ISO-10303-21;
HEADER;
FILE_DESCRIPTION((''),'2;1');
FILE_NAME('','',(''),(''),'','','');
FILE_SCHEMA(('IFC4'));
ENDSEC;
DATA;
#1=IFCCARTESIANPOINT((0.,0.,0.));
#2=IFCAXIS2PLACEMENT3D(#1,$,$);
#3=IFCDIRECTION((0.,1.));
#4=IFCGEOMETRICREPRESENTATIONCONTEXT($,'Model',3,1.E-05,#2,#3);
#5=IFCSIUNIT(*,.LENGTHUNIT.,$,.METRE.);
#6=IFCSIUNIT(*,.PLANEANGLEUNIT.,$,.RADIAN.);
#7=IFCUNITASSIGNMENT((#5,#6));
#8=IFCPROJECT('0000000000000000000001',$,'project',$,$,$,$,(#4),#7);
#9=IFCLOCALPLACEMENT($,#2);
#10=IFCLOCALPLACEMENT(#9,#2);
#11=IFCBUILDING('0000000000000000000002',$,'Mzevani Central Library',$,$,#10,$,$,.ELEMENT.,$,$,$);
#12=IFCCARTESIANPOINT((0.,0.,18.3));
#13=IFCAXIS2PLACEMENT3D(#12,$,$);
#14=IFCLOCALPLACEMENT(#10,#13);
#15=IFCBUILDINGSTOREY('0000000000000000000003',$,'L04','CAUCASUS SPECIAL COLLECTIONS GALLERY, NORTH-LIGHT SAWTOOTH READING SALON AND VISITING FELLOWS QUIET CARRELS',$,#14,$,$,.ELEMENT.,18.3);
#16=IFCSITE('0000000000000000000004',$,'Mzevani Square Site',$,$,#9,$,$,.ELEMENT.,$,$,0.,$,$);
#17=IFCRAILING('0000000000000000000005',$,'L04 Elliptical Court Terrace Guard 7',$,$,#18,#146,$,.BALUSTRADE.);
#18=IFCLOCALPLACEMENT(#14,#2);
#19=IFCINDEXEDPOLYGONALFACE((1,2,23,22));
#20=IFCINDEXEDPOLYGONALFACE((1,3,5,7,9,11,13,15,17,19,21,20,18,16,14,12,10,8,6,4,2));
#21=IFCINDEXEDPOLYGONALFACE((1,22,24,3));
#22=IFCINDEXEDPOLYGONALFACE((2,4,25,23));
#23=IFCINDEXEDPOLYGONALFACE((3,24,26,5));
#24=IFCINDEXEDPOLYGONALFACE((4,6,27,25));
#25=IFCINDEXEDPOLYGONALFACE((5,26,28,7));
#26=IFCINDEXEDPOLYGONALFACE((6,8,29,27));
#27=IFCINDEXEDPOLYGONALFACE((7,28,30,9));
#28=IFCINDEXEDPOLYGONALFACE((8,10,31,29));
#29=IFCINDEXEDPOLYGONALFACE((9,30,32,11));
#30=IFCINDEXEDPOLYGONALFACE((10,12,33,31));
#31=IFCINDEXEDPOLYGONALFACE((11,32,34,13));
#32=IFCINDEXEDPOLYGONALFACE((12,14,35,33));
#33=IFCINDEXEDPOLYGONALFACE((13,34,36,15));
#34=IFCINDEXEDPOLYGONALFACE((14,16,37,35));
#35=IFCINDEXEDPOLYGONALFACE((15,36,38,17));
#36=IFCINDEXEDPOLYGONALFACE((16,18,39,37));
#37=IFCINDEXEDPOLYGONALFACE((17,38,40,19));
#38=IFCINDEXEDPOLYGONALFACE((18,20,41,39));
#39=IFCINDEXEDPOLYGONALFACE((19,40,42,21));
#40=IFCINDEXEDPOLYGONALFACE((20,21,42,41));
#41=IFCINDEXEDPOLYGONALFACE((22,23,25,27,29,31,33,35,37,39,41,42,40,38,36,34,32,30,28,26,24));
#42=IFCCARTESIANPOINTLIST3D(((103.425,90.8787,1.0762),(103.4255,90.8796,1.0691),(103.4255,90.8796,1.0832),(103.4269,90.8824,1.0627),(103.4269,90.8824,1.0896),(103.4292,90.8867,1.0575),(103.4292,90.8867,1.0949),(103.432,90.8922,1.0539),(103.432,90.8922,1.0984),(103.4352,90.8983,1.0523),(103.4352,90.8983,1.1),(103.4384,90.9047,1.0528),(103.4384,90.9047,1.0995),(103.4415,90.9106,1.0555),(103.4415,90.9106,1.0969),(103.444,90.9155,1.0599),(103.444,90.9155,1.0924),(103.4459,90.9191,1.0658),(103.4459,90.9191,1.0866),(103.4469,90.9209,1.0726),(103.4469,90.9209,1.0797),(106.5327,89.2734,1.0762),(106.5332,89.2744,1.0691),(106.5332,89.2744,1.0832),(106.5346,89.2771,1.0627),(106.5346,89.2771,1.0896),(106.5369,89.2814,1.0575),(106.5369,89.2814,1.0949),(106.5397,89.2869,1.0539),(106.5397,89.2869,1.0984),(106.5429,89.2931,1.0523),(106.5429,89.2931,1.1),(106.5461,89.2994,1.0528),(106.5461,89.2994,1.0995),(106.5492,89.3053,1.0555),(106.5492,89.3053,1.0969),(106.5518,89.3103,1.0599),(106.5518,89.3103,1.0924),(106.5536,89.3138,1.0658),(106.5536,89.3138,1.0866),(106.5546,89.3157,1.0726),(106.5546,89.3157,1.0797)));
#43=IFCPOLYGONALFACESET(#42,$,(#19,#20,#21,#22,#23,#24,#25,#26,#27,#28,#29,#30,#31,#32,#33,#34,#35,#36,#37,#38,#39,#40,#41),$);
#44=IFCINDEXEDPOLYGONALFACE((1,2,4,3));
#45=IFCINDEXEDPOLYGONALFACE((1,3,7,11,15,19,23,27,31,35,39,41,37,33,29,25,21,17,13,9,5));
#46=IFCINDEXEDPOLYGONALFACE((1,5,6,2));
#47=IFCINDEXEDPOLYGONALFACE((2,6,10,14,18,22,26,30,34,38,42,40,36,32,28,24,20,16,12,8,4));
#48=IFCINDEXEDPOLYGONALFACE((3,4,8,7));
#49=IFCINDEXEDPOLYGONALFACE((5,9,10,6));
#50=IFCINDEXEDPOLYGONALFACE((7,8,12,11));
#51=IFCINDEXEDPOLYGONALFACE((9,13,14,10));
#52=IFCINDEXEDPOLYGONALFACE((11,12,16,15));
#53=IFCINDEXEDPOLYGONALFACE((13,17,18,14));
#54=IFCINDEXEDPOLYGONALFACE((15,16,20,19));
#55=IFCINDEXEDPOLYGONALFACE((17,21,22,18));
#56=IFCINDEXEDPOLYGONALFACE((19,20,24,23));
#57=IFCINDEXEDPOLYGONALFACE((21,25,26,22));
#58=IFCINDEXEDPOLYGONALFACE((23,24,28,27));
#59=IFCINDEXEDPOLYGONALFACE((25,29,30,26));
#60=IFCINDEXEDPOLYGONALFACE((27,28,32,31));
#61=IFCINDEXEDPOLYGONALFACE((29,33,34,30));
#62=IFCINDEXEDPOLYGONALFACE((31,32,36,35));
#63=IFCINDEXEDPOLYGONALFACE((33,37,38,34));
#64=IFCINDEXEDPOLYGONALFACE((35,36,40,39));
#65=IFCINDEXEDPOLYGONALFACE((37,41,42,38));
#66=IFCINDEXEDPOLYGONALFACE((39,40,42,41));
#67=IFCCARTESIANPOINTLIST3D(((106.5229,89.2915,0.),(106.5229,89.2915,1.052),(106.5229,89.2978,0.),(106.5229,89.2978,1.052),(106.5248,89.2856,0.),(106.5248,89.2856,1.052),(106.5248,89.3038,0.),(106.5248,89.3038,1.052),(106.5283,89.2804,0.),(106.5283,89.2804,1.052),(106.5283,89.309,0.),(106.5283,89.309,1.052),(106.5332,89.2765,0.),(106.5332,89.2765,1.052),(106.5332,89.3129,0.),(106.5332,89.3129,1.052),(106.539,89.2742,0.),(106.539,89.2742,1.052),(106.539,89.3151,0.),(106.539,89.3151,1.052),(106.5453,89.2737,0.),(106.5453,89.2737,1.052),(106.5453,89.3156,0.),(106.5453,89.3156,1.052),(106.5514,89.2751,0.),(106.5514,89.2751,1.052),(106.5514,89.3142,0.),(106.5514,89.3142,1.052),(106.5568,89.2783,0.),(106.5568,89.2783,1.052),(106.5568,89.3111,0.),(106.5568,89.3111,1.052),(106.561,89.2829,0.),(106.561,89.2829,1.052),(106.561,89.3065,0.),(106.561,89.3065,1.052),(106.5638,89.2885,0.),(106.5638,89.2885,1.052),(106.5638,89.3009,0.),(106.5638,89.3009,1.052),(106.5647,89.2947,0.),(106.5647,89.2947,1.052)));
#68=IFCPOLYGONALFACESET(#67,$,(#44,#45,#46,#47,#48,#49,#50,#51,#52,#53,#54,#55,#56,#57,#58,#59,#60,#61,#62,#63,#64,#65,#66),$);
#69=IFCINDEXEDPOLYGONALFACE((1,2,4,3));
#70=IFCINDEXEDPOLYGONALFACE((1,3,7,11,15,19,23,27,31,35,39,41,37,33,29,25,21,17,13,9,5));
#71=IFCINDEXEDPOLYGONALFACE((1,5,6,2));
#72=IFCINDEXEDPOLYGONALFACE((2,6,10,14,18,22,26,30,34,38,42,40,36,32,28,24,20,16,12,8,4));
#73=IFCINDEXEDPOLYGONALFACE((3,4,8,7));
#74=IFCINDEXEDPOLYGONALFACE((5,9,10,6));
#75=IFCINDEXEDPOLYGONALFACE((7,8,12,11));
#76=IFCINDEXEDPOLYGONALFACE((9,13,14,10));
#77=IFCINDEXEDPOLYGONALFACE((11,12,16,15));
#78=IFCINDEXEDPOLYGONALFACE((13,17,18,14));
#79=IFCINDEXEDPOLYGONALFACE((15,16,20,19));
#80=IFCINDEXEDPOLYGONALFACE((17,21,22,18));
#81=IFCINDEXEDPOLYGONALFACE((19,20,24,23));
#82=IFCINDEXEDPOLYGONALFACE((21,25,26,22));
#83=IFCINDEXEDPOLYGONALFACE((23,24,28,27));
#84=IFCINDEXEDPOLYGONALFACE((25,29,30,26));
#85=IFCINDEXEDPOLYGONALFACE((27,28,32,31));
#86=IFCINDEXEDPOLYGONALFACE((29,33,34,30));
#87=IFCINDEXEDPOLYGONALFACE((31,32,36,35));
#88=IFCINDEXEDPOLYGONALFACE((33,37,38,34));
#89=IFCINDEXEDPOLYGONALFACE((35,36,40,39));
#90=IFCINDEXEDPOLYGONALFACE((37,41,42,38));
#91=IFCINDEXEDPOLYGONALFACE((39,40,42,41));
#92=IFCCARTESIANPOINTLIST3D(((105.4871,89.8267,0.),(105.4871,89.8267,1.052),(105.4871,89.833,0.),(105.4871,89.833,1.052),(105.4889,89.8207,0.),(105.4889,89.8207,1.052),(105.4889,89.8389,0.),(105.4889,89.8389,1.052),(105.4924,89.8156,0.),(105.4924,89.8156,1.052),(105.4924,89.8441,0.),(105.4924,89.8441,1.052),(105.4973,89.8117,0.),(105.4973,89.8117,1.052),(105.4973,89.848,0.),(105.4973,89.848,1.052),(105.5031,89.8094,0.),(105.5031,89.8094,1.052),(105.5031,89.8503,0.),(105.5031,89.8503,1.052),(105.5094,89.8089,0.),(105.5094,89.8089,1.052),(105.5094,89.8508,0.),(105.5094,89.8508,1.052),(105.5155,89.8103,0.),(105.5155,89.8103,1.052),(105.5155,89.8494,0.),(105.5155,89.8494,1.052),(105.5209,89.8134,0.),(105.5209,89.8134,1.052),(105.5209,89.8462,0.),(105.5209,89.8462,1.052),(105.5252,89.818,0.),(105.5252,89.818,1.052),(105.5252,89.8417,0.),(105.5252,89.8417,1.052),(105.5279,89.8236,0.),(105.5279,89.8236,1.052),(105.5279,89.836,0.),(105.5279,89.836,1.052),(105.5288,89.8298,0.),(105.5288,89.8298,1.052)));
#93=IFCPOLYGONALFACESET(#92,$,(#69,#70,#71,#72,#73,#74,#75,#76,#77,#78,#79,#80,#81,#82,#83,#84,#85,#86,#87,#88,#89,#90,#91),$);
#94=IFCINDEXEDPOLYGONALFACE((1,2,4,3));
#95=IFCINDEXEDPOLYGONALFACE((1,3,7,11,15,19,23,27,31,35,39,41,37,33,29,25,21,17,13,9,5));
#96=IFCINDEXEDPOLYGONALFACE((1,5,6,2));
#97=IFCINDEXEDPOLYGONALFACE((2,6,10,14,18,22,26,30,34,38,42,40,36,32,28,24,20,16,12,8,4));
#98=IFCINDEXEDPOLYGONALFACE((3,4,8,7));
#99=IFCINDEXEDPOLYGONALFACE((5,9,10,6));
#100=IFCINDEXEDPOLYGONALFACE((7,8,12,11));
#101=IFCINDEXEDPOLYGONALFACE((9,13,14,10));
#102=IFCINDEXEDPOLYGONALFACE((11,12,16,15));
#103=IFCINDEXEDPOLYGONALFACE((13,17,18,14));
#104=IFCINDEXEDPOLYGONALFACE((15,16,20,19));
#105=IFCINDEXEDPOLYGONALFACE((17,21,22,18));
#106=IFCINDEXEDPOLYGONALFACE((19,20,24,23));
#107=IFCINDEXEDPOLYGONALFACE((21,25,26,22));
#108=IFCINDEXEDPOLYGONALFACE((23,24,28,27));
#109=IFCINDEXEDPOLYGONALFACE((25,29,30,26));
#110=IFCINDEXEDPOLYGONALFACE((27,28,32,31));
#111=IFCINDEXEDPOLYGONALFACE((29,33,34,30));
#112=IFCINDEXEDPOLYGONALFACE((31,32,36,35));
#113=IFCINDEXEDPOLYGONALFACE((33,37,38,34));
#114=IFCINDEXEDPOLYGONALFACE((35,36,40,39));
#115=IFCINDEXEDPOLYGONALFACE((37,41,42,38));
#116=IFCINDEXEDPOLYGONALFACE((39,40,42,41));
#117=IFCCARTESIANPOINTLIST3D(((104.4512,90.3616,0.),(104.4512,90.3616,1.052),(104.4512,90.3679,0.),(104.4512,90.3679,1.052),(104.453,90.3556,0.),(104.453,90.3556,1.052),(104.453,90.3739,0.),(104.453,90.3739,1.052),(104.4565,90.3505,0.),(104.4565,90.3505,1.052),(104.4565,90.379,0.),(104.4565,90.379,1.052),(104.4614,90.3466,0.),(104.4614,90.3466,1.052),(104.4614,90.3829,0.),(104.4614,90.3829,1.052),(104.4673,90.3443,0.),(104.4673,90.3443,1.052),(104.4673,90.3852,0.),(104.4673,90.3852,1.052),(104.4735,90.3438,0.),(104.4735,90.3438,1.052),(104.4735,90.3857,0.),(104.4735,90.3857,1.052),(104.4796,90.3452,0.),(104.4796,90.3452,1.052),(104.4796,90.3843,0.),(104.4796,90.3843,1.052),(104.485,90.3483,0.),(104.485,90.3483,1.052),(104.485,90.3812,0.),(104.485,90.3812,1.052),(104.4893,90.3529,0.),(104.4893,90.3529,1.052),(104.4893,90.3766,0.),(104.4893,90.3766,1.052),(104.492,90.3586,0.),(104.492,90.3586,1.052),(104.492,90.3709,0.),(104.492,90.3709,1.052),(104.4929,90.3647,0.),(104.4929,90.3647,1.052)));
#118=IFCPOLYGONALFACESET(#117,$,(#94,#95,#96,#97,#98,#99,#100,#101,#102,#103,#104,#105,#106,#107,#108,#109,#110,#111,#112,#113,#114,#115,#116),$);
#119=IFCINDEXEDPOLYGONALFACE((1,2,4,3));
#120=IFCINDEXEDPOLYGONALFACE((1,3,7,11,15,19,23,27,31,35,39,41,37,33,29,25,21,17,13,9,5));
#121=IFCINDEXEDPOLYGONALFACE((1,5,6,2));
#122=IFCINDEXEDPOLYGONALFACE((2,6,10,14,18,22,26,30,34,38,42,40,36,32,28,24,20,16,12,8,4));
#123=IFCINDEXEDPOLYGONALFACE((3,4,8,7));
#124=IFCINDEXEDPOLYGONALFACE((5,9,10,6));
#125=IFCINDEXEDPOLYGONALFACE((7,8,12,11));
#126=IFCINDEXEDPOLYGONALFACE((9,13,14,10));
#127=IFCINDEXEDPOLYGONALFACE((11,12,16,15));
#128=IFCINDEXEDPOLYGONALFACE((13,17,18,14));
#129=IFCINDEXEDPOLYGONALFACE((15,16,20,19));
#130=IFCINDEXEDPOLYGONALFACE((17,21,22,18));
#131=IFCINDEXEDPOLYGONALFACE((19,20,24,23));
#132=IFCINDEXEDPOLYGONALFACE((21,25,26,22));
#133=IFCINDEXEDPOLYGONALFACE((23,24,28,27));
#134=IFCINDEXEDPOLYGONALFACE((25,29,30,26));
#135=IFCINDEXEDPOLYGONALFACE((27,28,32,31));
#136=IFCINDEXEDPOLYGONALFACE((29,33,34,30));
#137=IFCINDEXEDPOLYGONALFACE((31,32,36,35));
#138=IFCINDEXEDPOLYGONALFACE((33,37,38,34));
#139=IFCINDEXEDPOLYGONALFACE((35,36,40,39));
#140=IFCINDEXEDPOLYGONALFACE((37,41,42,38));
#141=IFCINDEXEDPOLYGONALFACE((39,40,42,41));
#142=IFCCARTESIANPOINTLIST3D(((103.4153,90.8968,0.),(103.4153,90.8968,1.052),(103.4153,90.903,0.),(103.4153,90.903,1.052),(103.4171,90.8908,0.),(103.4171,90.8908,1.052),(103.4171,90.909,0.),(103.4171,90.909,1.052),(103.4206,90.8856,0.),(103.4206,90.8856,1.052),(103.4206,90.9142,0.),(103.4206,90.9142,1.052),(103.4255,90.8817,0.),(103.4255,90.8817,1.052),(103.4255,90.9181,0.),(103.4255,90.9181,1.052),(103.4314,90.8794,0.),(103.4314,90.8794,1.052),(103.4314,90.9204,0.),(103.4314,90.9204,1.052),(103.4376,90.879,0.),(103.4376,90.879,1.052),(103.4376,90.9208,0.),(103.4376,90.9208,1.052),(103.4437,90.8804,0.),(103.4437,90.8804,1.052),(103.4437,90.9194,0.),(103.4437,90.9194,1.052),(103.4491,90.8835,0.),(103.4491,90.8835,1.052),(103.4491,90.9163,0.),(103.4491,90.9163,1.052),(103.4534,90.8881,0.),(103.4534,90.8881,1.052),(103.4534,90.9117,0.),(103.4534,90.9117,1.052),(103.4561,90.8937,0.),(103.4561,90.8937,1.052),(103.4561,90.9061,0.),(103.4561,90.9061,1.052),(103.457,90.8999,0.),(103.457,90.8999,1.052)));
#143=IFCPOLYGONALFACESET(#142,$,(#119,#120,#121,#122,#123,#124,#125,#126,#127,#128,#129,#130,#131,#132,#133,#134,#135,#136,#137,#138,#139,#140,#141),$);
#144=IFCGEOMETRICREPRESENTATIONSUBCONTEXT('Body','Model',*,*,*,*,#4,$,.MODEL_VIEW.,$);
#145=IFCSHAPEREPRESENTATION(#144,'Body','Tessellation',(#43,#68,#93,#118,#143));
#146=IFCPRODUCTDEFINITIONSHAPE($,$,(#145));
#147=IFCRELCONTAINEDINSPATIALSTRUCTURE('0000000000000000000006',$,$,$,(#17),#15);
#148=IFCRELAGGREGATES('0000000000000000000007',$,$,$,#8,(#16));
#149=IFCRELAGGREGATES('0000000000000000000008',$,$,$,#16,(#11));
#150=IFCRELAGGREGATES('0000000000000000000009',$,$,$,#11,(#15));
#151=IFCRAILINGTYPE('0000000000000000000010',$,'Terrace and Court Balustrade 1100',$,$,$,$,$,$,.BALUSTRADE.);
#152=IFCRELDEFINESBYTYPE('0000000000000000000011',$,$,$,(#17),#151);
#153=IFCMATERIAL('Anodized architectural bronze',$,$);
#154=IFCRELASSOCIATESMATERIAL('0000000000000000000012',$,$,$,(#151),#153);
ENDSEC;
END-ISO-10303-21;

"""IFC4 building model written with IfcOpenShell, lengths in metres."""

from ifc_helpers import new_model, si_unit, direction, frame, origin, origin_2d, place, context, subcontext, project, spatial, circle, extrude, material, type_object, element, save


model = new_model("IFC4")

# Units and contexts
model_context = context("Model", 3, precision=1e-05, world=origin(), true_north=direction((0.0, 1.0)))
body_context = subcontext(model_context, "Body", "Model", "MODEL_VIEW")
ifc_project = project(units=[si_unit("LENGTHUNIT", "METRE"), si_unit("PLANEANGLEUNIT", "RADIAN")], contexts=[model_context])

# Site, building, storey
site_placement = place(None, origin())
site = spatial("IfcSite", under=ifc_project, at=site_placement, Name="Mzevani Square Site", CompositionType="ELEMENT", RefElevation=0.0)
building_placement = place(site_placement, origin())
building = spatial("IfcBuilding", under=site, at=building_placement, Name="Mzevani Central Library", CompositionType="ELEMENT")
storey_placement = place(building_placement, frame((0.0, 0.0, 18.3)))
storey = spatial("IfcBuildingStorey", under=building, at=storey_placement, Name="L04", Description="CAUCASUS SPECIAL COLLECTIONS GALLERY, NORTH-LIGHT SAWTOOTH READING SALON AND VISITING FELLOWS QUIET CARRELS", CompositionType="ELEMENT", Elevation=18.3)

# Railing
ifc_material_1 = material(Name="Anodized architectural bronze")
railing_type = type_object("IfcRailingType", Name="Terrace and Court Balustrade 1100", PredefinedType="BALUSTRADE", material=ifc_material_1)
railing_1_placement = place(storey_placement, frame((106.5437, 89.2947, 0.0)))
element("IfcRailing", 1, at=railing_1_placement, inside=storey, type_object=railing_type, Name="L04 Elliptical Court Terrace Guard 7", PredefinedType="BALUSTRADE", context=body_context, shape_type="SweptSolid", body=[
    extrude(circle(Radius=0.0239, at=origin_2d()), frame((0.0, 0.0, 1.0762), z_axis=(-0.888473, 0.458929, 0.0), x_axis=(-0.458929, -0.888473, 0.0)), (0.0, 0.0, 1.0), 3.4978),
    extrude(circle(Radius=0.021, at=origin_2d()), origin(), (0.0, 0.0, 1.0), 1.052),
    extrude(circle(Radius=0.021, at=origin_2d()), frame((-1.0359, 0.5352, 0.0)), (0.0, 0.0, 1.0), 1.052),
    extrude(circle(Radius=0.021, at=origin_2d()), frame((-2.0718, 1.0701, 0.0)), (0.0, 0.0, 1.0), 1.052),
    extrude(circle(Radius=0.021, at=origin_2d()), frame((-3.1077, 1.6052, 0.0)), (0.0, 0.0, 1.0), 1.052),
])

save(model, "model.ifc")
